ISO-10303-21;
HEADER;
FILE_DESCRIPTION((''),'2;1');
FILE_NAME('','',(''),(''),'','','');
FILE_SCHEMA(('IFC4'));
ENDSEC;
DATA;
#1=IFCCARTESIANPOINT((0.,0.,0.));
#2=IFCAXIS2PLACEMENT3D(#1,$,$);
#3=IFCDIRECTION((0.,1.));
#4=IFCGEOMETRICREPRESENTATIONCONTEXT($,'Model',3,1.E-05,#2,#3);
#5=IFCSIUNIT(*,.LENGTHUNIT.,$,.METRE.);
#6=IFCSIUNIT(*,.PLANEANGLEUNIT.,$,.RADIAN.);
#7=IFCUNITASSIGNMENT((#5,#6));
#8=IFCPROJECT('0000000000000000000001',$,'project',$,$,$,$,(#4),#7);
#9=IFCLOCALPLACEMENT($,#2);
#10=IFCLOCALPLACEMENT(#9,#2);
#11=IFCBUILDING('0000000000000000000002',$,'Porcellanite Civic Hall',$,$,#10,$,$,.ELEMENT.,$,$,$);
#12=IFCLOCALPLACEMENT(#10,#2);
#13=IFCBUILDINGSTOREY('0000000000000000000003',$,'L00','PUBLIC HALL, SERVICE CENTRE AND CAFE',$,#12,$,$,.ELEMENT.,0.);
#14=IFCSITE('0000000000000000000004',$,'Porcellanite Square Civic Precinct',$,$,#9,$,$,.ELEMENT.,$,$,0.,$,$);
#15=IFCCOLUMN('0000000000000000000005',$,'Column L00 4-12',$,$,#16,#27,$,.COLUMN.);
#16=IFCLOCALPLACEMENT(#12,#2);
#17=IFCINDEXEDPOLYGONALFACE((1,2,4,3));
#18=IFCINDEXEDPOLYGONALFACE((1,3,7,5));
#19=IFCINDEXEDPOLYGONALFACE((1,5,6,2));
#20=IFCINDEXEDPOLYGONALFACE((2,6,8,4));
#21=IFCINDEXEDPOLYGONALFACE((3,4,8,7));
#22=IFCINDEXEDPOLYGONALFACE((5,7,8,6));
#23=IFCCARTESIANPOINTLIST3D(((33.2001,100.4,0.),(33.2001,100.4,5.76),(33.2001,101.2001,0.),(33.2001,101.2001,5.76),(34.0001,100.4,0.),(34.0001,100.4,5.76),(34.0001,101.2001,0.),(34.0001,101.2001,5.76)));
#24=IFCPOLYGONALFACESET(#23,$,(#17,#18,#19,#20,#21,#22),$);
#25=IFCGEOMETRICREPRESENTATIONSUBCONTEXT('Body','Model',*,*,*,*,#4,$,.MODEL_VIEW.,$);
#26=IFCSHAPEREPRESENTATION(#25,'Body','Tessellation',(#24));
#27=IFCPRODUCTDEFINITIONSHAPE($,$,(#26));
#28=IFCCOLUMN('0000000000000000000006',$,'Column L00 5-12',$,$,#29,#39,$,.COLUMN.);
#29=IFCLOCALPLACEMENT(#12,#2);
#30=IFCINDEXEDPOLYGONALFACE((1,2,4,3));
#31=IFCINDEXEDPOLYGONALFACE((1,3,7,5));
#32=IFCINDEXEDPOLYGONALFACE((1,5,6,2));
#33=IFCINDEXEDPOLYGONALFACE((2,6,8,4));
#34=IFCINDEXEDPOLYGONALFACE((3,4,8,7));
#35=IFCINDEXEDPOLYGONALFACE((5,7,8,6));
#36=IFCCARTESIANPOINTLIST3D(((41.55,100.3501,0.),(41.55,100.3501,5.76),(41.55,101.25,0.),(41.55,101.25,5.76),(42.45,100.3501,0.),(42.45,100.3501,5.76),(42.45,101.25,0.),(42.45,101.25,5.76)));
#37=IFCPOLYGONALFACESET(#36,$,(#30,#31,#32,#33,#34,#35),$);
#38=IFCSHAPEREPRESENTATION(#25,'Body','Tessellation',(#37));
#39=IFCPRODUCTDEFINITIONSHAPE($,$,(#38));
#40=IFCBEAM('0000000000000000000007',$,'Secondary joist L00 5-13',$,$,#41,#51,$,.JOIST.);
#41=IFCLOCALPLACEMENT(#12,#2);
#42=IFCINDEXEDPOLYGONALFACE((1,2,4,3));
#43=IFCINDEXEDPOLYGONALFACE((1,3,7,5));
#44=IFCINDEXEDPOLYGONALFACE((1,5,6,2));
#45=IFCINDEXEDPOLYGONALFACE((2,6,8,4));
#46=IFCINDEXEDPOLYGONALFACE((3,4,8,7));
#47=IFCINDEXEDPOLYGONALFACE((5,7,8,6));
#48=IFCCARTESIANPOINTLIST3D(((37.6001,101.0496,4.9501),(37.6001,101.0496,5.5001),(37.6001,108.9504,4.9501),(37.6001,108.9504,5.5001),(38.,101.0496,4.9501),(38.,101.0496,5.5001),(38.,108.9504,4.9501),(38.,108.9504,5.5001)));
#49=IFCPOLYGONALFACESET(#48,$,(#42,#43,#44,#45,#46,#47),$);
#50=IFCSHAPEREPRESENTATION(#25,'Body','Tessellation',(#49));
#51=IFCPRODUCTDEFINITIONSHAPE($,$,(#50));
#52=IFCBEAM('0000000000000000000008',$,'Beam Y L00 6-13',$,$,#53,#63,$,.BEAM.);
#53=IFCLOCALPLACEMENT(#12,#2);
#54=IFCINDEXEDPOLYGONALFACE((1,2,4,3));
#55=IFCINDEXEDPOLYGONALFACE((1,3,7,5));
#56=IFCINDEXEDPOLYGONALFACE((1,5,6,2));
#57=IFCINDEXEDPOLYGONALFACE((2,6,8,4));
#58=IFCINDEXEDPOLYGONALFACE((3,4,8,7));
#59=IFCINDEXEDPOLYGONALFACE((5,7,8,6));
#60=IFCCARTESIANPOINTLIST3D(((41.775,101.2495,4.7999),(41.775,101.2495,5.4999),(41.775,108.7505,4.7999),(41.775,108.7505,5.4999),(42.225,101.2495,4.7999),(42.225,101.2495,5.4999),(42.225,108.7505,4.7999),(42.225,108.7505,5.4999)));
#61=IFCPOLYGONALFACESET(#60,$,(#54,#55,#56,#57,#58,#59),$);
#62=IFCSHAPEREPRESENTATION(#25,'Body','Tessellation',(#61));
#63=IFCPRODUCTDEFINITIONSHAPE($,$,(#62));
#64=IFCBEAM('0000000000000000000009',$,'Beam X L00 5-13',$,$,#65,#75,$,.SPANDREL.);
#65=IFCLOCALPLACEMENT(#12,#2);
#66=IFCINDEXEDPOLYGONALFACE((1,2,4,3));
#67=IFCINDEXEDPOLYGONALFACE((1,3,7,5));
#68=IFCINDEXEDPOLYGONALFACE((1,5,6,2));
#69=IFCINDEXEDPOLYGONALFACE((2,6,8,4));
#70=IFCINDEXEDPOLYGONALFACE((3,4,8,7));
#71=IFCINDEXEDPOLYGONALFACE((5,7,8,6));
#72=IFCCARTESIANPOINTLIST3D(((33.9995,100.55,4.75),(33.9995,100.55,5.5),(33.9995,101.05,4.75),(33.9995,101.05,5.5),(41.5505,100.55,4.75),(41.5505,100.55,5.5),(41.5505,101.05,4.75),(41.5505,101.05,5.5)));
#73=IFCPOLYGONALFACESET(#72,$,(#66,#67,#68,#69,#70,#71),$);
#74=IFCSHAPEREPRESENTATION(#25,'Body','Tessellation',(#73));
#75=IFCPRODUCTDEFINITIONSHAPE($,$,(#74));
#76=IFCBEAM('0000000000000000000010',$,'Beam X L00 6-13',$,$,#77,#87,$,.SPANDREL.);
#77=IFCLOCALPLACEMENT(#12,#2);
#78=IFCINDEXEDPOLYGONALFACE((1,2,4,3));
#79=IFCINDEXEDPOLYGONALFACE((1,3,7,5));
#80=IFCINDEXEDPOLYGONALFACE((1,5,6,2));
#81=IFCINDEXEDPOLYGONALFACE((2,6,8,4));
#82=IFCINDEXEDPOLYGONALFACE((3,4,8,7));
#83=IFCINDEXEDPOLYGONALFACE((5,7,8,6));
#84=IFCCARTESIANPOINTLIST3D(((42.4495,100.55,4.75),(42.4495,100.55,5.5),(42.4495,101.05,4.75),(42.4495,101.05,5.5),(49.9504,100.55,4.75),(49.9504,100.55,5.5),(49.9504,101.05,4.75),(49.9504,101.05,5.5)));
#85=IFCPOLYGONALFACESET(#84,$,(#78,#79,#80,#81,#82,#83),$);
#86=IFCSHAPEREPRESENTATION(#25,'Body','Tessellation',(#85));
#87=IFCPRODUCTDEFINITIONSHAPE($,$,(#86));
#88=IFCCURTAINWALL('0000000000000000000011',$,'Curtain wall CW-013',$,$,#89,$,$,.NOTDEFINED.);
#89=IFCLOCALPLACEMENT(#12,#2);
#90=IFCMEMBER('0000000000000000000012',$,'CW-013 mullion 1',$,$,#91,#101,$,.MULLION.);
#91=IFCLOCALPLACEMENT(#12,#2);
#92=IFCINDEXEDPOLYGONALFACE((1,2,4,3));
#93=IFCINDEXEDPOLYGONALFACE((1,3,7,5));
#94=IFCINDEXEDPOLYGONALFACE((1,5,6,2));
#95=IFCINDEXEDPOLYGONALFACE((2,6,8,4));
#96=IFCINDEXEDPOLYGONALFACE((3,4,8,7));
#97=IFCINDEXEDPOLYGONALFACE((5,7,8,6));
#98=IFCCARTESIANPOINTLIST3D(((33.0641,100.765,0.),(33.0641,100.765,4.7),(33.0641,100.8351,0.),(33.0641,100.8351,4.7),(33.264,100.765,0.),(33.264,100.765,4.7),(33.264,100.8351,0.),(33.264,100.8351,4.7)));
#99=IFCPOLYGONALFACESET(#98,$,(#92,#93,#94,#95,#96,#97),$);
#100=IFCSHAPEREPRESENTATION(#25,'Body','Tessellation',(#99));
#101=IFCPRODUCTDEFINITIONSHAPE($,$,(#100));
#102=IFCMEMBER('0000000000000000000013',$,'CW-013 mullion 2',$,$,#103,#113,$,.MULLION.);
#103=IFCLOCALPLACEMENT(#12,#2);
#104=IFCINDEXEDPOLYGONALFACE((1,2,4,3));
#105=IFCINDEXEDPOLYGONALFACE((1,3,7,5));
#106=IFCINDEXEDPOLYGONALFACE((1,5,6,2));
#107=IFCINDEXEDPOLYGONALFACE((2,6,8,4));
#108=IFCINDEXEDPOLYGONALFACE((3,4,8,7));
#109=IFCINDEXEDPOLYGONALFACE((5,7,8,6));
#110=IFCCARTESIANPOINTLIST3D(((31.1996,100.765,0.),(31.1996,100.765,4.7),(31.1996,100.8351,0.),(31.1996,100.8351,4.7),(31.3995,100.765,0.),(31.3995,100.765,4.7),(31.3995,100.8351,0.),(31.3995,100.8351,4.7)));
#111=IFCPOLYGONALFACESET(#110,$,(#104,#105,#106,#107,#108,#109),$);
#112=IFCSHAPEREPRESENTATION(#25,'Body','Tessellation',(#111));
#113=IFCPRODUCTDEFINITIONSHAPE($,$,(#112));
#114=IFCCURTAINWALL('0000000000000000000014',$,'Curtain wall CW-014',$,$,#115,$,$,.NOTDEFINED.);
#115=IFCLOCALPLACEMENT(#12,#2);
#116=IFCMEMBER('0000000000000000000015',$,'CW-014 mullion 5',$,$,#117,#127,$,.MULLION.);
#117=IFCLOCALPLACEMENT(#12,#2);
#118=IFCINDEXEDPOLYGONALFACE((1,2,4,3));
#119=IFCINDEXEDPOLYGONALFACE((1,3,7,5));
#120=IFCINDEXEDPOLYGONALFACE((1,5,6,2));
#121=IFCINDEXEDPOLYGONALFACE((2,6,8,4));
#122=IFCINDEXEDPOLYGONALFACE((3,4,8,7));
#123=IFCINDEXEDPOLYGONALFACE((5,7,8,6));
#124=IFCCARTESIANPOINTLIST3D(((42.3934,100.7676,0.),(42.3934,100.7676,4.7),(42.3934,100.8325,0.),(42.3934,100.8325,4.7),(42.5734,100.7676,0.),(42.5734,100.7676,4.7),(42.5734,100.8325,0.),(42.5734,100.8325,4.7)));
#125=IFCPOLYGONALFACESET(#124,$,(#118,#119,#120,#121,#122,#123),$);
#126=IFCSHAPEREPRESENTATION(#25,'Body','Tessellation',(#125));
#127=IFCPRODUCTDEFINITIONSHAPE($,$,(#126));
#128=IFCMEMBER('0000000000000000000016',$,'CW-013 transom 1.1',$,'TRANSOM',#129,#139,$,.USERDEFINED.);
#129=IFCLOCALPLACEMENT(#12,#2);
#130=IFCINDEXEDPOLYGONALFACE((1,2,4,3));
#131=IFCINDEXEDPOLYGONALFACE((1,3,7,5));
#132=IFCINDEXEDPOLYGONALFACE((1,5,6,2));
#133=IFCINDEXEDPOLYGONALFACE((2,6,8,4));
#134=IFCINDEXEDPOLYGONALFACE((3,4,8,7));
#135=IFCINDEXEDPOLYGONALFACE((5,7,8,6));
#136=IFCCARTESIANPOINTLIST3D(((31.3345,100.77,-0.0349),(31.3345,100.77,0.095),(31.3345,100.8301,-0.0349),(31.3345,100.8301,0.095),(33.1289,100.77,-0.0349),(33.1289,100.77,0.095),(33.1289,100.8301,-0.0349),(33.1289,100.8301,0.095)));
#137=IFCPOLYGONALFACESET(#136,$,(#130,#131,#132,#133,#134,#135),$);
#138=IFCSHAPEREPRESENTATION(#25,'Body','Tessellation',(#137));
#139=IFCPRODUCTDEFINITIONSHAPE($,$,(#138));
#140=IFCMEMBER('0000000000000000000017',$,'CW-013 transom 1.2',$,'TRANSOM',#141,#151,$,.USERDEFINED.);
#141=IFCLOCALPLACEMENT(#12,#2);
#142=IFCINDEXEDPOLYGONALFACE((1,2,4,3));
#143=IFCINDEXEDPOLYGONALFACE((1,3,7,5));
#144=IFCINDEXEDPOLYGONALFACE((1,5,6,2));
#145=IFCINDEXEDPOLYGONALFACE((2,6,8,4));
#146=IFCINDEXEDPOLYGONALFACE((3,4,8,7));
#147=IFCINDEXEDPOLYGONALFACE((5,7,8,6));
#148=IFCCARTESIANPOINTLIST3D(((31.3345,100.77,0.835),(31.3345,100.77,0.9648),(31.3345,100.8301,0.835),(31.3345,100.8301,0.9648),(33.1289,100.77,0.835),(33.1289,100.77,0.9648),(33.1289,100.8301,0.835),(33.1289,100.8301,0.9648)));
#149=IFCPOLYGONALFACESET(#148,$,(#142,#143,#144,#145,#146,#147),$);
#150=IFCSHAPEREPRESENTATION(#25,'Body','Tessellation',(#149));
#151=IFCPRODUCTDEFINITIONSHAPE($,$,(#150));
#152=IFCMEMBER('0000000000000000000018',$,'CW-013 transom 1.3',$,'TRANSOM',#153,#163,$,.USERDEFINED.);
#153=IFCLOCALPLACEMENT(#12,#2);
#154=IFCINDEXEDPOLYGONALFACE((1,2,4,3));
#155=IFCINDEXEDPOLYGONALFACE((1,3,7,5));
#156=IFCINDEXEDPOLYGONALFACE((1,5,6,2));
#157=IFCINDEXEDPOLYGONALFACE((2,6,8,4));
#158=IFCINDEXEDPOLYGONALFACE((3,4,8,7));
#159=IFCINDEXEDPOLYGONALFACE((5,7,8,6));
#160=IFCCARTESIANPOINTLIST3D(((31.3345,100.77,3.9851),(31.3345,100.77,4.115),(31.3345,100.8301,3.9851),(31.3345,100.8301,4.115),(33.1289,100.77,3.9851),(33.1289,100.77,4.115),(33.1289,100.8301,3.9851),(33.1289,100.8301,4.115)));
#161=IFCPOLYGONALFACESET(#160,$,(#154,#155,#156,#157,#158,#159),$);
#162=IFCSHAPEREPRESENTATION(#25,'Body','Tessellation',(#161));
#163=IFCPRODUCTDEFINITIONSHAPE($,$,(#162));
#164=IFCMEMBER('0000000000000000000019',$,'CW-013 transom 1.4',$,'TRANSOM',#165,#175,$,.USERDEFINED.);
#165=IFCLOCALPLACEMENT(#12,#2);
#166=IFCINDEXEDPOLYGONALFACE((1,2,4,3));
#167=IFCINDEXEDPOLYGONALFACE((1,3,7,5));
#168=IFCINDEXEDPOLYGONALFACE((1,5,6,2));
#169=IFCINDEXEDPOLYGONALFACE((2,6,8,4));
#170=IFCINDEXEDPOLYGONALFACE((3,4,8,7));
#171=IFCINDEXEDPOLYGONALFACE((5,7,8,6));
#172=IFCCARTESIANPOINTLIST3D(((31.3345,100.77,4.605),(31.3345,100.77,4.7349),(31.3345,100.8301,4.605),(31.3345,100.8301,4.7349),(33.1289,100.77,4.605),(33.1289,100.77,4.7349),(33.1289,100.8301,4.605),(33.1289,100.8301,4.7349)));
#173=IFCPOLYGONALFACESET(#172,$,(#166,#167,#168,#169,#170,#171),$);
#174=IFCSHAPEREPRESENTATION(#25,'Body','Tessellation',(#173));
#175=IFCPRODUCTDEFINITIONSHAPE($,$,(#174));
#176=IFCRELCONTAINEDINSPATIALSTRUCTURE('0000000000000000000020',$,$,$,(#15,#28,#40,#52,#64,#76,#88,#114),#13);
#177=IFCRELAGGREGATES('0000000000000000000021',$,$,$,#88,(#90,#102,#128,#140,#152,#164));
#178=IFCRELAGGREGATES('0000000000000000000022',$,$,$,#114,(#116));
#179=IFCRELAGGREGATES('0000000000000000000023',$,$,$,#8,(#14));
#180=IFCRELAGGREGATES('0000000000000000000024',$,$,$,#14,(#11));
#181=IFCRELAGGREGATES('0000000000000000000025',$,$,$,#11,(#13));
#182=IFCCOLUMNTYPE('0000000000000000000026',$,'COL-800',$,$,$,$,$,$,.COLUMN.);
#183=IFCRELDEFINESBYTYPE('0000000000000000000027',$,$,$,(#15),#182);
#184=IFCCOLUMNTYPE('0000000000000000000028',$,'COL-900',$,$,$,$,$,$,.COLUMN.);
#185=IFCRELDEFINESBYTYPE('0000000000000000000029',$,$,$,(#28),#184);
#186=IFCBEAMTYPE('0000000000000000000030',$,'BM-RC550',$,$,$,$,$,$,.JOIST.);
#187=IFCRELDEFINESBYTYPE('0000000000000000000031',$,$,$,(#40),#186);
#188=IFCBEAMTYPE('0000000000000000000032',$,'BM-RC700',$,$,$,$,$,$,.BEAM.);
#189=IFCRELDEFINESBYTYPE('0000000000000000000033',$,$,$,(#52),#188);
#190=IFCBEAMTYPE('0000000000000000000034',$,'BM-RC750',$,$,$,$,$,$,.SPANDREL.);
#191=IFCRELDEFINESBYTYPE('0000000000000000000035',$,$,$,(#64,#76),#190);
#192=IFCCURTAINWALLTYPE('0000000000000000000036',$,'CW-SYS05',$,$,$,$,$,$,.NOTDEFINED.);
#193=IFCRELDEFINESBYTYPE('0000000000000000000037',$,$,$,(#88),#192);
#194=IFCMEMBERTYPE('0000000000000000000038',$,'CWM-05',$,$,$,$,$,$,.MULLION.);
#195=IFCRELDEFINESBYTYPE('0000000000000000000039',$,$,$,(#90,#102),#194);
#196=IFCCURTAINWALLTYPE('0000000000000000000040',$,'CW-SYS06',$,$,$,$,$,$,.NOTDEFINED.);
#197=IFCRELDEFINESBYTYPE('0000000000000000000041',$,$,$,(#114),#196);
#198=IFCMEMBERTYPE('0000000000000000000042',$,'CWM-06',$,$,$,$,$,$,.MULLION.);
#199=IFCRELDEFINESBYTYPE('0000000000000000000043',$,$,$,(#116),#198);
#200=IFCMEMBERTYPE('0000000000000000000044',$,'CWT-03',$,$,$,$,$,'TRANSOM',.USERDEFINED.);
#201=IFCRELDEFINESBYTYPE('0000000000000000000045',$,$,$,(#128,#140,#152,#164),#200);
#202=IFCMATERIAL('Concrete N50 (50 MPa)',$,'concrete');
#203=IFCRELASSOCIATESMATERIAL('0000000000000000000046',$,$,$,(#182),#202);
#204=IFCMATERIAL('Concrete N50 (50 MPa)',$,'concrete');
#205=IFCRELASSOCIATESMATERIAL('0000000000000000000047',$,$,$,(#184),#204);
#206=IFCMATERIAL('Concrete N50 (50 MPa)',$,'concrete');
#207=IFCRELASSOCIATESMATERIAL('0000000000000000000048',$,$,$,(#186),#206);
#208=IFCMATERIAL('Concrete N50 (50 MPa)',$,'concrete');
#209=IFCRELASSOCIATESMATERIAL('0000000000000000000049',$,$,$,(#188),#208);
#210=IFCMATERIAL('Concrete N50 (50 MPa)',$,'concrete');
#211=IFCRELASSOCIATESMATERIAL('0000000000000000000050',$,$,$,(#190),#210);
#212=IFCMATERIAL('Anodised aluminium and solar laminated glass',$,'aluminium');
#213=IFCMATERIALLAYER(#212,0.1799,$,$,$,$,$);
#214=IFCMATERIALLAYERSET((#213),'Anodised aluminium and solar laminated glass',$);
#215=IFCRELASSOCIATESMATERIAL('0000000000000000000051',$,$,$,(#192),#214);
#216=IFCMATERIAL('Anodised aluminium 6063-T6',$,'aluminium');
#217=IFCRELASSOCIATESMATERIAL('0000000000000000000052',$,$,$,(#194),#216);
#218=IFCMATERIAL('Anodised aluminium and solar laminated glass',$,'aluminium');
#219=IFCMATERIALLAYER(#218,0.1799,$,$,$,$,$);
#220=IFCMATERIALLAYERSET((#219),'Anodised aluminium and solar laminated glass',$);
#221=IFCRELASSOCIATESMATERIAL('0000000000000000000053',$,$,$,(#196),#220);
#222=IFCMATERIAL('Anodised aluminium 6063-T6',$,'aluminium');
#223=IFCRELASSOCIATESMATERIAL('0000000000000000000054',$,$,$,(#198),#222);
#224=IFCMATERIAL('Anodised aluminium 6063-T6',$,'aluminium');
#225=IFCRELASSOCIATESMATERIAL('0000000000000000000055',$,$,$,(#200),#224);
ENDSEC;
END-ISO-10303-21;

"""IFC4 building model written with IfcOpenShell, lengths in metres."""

from ifc_helpers import new_model, si_unit, direction, frame, origin, origin_2d, place, context, subcontext, project, spatial, rectangle, extrude, material, layer, layer_set, material_profile, profile_set, type_object, element, aggregate, save


model = new_model("IFC4")

# Units and contexts
model_context = context("Model", 3, precision=1e-05, world=origin(), true_north=direction((0.0, 1.0)))
body_context = subcontext(model_context, "Body", "Model", "MODEL_VIEW")
ifc_project = project(units=[si_unit("LENGTHUNIT", "METRE"), si_unit("PLANEANGLEUNIT", "RADIAN")], contexts=[model_context])

# Site, building, storey
site_placement = place(None, origin())
site = spatial("IfcSite", under=ifc_project, at=site_placement, Name="Porcellanite Square Civic Precinct", CompositionType="ELEMENT", RefElevation=0.0)
building_placement = place(site_placement, origin())
building = spatial("IfcBuilding", under=site, at=building_placement, Name="Porcellanite Civic Hall", CompositionType="ELEMENT")
storey_placement = place(building_placement, origin())
storey = spatial("IfcBuildingStorey", under=building, at=storey_placement, Name="L00", Description="PUBLIC HALL, SERVICE CENTRE AND CAFE", CompositionType="ELEMENT", Elevation=0.0)

# Columns
ifc_material_1 = material(Name="Concrete N50 (50 MPa)", Category="concrete")
ifc_material_profile_1 = material_profile(ifc_material_1, rectangle(XDim=0.8, YDim=0.8, at=origin_2d()), Name="RC-800x800")
ifc_profile_set_1 = profile_set([ifc_material_profile_1], Name="Concrete N50 (50 MPa)")
column_type_1 = type_object("IfcColumnType", Name="COL-800", PredefinedType="COLUMN", material=ifc_profile_set_1)
column_1_placement = place(storey_placement, frame((33.6001, 100.8, 0.0), z_axis=(0.0, 0.0, 1.0), x_axis=(1.0, 0.0, 0.0)))
element("IfcColumn", 1, at=column_1_placement, inside=storey, type_object=column_type_1, Name="Column L00 4-12", PredefinedType="COLUMN", context=body_context, shape_type="SweptSolid", body=[
    extrude(rectangle(XDim=0.8, YDim=0.8, at=origin_2d()), origin(), (0.0, 0.0, 1.0), 5.76),
])
ifc_material_2 = material(Name="Concrete N50 (50 MPa)", Category="concrete")
ifc_material_profile_2 = material_profile(ifc_material_2, rectangle(XDim=0.8999, YDim=0.8999, at=origin_2d()), Name="RC-900x900")
ifc_profile_set_2 = profile_set([ifc_material_profile_2], Name="Concrete N50 (50 MPa)")
column_type_2 = type_object("IfcColumnType", Name="COL-900", PredefinedType="COLUMN", material=ifc_profile_set_2)
column_2_placement = place(storey_placement, frame((42.0, 100.8, 0.0), z_axis=(0.0, 0.0, 1.0), x_axis=(1.0, 0.0, 0.0)))
element("IfcColumn", 2, at=column_2_placement, inside=storey, type_object=column_type_2, Name="Column L00 5-12", PredefinedType="COLUMN", context=body_context, shape_type="SweptSolid", body=[
    extrude(rectangle(XDim=0.8999, YDim=0.8999, at=origin_2d()), origin(), (0.0, 0.0, 1.0), 5.76),
])

# Beams
ifc_material_3 = material(Name="Concrete N50 (50 MPa)", Category="concrete")
ifc_material_profile_3 = material_profile(ifc_material_3, rectangle(XDim=0.3999, YDim=0.55, at=origin_2d()), Name="RC-400x550")
ifc_profile_set_3 = profile_set([ifc_material_profile_3], Name="Concrete N50 (50 MPa)")
beam_type_1 = type_object("IfcBeamType", Name="BM-RC550", PredefinedType="JOIST", material=ifc_profile_set_3)
beam_1_placement = place(storey_placement, frame((37.8, 101.0496, 5.2251), z_axis=(0.0, 1.0, 0.0), x_axis=(-1.0, 0.0, 0.0)))
element("IfcBeam", 3, at=beam_1_placement, inside=storey, type_object=beam_type_1, Name="Secondary joist L00 5-13", PredefinedType="JOIST", context=body_context, shape_type="SweptSolid", body=[
    extrude(rectangle(XDim=0.3999, YDim=0.55, at=origin_2d()), origin(), (0.0, 0.0, 1.0), 7.9009),
])
ifc_material_4 = material(Name="Concrete N50 (50 MPa)", Category="concrete")
ifc_material_profile_4 = material_profile(ifc_material_4, rectangle(XDim=0.45, YDim=0.7, at=origin_2d()), Name="RC-450x700")
ifc_profile_set_4 = profile_set([ifc_material_profile_4], Name="Concrete N50 (50 MPa)")
beam_type_2 = type_object("IfcBeamType", Name="BM-RC700", PredefinedType="BEAM", material=ifc_profile_set_4)
beam_2_placement = place(storey_placement, frame((42.0, 101.2495, 5.1499), z_axis=(0.0, 1.0, 0.0), x_axis=(-1.0, 0.0, 0.0)))
element("IfcBeam", 4, at=beam_2_placement, inside=storey, type_object=beam_type_2, Name="Beam Y L00 6-13", PredefinedType="BEAM", context=body_context, shape_type="SweptSolid", body=[
    extrude(rectangle(XDim=0.45, YDim=0.7, at=origin_2d()), origin(), (0.0, 0.0, 1.0), 7.501),
])
ifc_material_5 = material(Name="Concrete N50 (50 MPa)", Category="concrete")
ifc_material_profile_5 = material_profile(ifc_material_5, rectangle(XDim=0.5, YDim=0.75, at=origin_2d()), Name="RC-500x750")
ifc_profile_set_5 = profile_set([ifc_material_profile_5], Name="Concrete N50 (50 MPa)")
beam_type_3 = type_object("IfcBeamType", Name="BM-RC750", PredefinedType="SPANDREL", material=ifc_profile_set_5)
beam_3_placement = place(storey_placement, frame((33.9995, 100.8, 5.125), z_axis=(1.0, 0.0, 0.0), x_axis=(0.0, 1.0, 0.0)))
element("IfcBeam", 5, at=beam_3_placement, inside=storey, type_object=beam_type_3, Name="Beam X L00 5-13", PredefinedType="SPANDREL", context=body_context, shape_type="SweptSolid", body=[
    extrude(rectangle(XDim=0.5, YDim=0.75, at=origin_2d()), origin(), (0.0, 0.0, 1.0), 7.551),
])
beam_4_placement = place(storey_placement, frame((42.4495, 100.8, 5.125), z_axis=(1.0, 0.0, 0.0), x_axis=(0.0, 1.0, 0.0)))
element("IfcBeam", 6, at=beam_4_placement, inside=storey, type_object=beam_type_3, Name="Beam X L00 6-13", PredefinedType="SPANDREL", context=body_context, shape_type="SweptSolid", body=[
    extrude(rectangle(XDim=0.5, YDim=0.75, at=origin_2d()), origin(), (0.0, 0.0, 1.0), 7.501),
])

# Curtain wall, members
ifc_material_6 = material(Name="Anodised aluminium and solar laminated glass", Category="aluminium")
ifc_layer_1 = layer(ifc_material_6, 0.1799)
ifc_layer_set_1 = layer_set([ifc_layer_1], Name="Anodised aluminium and solar laminated glass")
curtain_wall_type_1 = type_object("IfcCurtainWallType", Name="CW-SYS05", PredefinedType="NOTDEFINED", material=ifc_layer_set_1)
curtain_wall_1_placement = place(storey_placement, origin())
curtain_wall_1 = element("IfcCurtainWall", 7, at=curtain_wall_1_placement, inside=storey, type_object=curtain_wall_type_1, Name="Curtain wall CW-013", PredefinedType="NOTDEFINED")
ifc_material_7 = material(Name="Anodised aluminium 6063-T6", Category="aluminium")
ifc_material_profile_6 = material_profile(ifc_material_7, rectangle(XDim=0.0701, YDim=0.2, at=origin_2d()), Name="AL-70x200")
ifc_profile_set_6 = profile_set([ifc_material_profile_6], Name="Anodised aluminium 6063-T6")
member_type_1 = type_object("IfcMemberType", Name="CWM-05", PredefinedType="MULLION", material=ifc_profile_set_6)
member_1_placement = place(storey_placement, frame((33.1641, 100.8, 0.0), z_axis=(0.0, 0.0, 1.0), x_axis=(0.0, -1.0, 0.0)))
member_1 = element("IfcMember", 8, at=member_1_placement, type_object=member_type_1, Name="CW-013 mullion 1", PredefinedType="MULLION", context=body_context, shape_type="SweptSolid", body=[
    extrude(rectangle(XDim=0.0701, YDim=0.2, at=origin_2d()), origin(), (0.0, 0.0, 1.0), 4.7),
])
member_2_placement = place(storey_placement, frame((31.2996, 100.8, 0.0), z_axis=(0.0, 0.0, 1.0), x_axis=(0.0, -1.0, 0.0)))
member_2 = element("IfcMember", 9, at=member_2_placement, type_object=member_type_1, Name="CW-013 mullion 2", PredefinedType="MULLION", context=body_context, shape_type="SweptSolid", body=[
    extrude(rectangle(XDim=0.0701, YDim=0.2, at=origin_2d()), origin(), (0.0, 0.0, 1.0), 4.7),
])

# Curtain wall, member
ifc_material_8 = material(Name="Anodised aluminium and solar laminated glass", Category="aluminium")
ifc_layer_2 = layer(ifc_material_8, 0.1799)
ifc_layer_set_2 = layer_set([ifc_layer_2], Name="Anodised aluminium and solar laminated glass")
curtain_wall_type_2 = type_object("IfcCurtainWallType", Name="CW-SYS06", PredefinedType="NOTDEFINED", material=ifc_layer_set_2)
curtain_wall_2_placement = place(storey_placement, origin())
curtain_wall_2 = element("IfcCurtainWall", 10, at=curtain_wall_2_placement, inside=storey, type_object=curtain_wall_type_2, Name="Curtain wall CW-014", PredefinedType="NOTDEFINED")
ifc_material_9 = material(Name="Anodised aluminium 6063-T6", Category="aluminium")
ifc_material_profile_7 = material_profile(ifc_material_9, rectangle(XDim=0.0649, YDim=0.1799, at=origin_2d()), Name="AL-65x180")
ifc_profile_set_7 = profile_set([ifc_material_profile_7], Name="Anodised aluminium 6063-T6")
member_type_2 = type_object("IfcMemberType", Name="CWM-06", PredefinedType="MULLION", material=ifc_profile_set_7)
member_3_placement = place(storey_placement, frame((42.4834, 100.8, 0.0), z_axis=(0.0, 0.0, 1.0), x_axis=(0.0, -1.0, 0.0)))
member_3 = element("IfcMember", 11, at=member_3_placement, type_object=member_type_2, Name="CW-014 mullion 5", PredefinedType="MULLION", context=body_context, shape_type="SweptSolid", body=[
    extrude(rectangle(XDim=0.0649, YDim=0.1799, at=origin_2d()), origin(), (0.0, 0.0, 1.0), 4.7),
])

# Members
ifc_material_10 = material(Name="Anodised aluminium 6063-T6", Category="aluminium")
ifc_material_profile_8 = material_profile(ifc_material_10, rectangle(XDim=0.0601, YDim=0.1299, at=origin_2d()), Name="AL-60x130")
ifc_profile_set_8 = profile_set([ifc_material_profile_8], Name="Anodised aluminium 6063-T6")
member_type_3 = type_object("IfcMemberType", Name="CWT-03", ElementType="TRANSOM", PredefinedType="USERDEFINED", material=ifc_profile_set_8)
member_4_placement = place(storey_placement, frame((33.1289, 100.8, 0.03), z_axis=(-1.0, 0.0, 0.0), x_axis=(0.0, -1.0, 0.0)))
member_4 = element("IfcMember", 12, at=member_4_placement, type_object=member_type_3, Name="CW-013 transom 1.1", ObjectType="TRANSOM", PredefinedType="USERDEFINED", context=body_context, shape_type="SweptSolid", body=[
    extrude(rectangle(XDim=0.0601, YDim=0.1299, at=origin_2d()), origin(), (0.0, 0.0, 1.0), 1.7944),
])
member_5_placement = place(storey_placement, frame((33.1289, 100.8, 0.8999), z_axis=(-1.0, 0.0, 0.0), x_axis=(0.0, -1.0, 0.0)))
member_5 = element("IfcMember", 13, at=member_5_placement, type_object=member_type_3, Name="CW-013 transom 1.2", ObjectType="TRANSOM", PredefinedType="USERDEFINED", context=body_context, shape_type="SweptSolid", body=[
    extrude(rectangle(XDim=0.0601, YDim=0.1299, at=origin_2d()), origin(), (0.0, 0.0, 1.0), 1.7944),
])
member_6_placement = place(storey_placement, frame((33.1289, 100.8, 4.05), z_axis=(-1.0, 0.0, 0.0), x_axis=(0.0, -1.0, 0.0)))
member_6 = element("IfcMember", 14, at=member_6_placement, type_object=member_type_3, Name="CW-013 transom 1.3", ObjectType="TRANSOM", PredefinedType="USERDEFINED", context=body_context, shape_type="SweptSolid", body=[
    extrude(rectangle(XDim=0.0601, YDim=0.1299, at=origin_2d()), origin(), (0.0, 0.0, 1.0), 1.7944),
])
member_7_placement = place(storey_placement, frame((33.1289, 100.8, 4.6699), z_axis=(-1.0, 0.0, 0.0), x_axis=(0.0, -1.0, 0.0)))
member_7 = element("IfcMember", 15, at=member_7_placement, type_object=member_type_3, Name="CW-013 transom 1.4", ObjectType="TRANSOM", PredefinedType="USERDEFINED", context=body_context, shape_type="SweptSolid", body=[
    extrude(rectangle(XDim=0.0601, YDim=0.1299, at=origin_2d()), origin(), (0.0, 0.0, 1.0), 1.7944),
])

aggregate(curtain_wall_1, [member_1, member_2, member_4, member_5, member_6, member_7])
aggregate(curtain_wall_2, [member_3])

save(model, "model.ifc")
